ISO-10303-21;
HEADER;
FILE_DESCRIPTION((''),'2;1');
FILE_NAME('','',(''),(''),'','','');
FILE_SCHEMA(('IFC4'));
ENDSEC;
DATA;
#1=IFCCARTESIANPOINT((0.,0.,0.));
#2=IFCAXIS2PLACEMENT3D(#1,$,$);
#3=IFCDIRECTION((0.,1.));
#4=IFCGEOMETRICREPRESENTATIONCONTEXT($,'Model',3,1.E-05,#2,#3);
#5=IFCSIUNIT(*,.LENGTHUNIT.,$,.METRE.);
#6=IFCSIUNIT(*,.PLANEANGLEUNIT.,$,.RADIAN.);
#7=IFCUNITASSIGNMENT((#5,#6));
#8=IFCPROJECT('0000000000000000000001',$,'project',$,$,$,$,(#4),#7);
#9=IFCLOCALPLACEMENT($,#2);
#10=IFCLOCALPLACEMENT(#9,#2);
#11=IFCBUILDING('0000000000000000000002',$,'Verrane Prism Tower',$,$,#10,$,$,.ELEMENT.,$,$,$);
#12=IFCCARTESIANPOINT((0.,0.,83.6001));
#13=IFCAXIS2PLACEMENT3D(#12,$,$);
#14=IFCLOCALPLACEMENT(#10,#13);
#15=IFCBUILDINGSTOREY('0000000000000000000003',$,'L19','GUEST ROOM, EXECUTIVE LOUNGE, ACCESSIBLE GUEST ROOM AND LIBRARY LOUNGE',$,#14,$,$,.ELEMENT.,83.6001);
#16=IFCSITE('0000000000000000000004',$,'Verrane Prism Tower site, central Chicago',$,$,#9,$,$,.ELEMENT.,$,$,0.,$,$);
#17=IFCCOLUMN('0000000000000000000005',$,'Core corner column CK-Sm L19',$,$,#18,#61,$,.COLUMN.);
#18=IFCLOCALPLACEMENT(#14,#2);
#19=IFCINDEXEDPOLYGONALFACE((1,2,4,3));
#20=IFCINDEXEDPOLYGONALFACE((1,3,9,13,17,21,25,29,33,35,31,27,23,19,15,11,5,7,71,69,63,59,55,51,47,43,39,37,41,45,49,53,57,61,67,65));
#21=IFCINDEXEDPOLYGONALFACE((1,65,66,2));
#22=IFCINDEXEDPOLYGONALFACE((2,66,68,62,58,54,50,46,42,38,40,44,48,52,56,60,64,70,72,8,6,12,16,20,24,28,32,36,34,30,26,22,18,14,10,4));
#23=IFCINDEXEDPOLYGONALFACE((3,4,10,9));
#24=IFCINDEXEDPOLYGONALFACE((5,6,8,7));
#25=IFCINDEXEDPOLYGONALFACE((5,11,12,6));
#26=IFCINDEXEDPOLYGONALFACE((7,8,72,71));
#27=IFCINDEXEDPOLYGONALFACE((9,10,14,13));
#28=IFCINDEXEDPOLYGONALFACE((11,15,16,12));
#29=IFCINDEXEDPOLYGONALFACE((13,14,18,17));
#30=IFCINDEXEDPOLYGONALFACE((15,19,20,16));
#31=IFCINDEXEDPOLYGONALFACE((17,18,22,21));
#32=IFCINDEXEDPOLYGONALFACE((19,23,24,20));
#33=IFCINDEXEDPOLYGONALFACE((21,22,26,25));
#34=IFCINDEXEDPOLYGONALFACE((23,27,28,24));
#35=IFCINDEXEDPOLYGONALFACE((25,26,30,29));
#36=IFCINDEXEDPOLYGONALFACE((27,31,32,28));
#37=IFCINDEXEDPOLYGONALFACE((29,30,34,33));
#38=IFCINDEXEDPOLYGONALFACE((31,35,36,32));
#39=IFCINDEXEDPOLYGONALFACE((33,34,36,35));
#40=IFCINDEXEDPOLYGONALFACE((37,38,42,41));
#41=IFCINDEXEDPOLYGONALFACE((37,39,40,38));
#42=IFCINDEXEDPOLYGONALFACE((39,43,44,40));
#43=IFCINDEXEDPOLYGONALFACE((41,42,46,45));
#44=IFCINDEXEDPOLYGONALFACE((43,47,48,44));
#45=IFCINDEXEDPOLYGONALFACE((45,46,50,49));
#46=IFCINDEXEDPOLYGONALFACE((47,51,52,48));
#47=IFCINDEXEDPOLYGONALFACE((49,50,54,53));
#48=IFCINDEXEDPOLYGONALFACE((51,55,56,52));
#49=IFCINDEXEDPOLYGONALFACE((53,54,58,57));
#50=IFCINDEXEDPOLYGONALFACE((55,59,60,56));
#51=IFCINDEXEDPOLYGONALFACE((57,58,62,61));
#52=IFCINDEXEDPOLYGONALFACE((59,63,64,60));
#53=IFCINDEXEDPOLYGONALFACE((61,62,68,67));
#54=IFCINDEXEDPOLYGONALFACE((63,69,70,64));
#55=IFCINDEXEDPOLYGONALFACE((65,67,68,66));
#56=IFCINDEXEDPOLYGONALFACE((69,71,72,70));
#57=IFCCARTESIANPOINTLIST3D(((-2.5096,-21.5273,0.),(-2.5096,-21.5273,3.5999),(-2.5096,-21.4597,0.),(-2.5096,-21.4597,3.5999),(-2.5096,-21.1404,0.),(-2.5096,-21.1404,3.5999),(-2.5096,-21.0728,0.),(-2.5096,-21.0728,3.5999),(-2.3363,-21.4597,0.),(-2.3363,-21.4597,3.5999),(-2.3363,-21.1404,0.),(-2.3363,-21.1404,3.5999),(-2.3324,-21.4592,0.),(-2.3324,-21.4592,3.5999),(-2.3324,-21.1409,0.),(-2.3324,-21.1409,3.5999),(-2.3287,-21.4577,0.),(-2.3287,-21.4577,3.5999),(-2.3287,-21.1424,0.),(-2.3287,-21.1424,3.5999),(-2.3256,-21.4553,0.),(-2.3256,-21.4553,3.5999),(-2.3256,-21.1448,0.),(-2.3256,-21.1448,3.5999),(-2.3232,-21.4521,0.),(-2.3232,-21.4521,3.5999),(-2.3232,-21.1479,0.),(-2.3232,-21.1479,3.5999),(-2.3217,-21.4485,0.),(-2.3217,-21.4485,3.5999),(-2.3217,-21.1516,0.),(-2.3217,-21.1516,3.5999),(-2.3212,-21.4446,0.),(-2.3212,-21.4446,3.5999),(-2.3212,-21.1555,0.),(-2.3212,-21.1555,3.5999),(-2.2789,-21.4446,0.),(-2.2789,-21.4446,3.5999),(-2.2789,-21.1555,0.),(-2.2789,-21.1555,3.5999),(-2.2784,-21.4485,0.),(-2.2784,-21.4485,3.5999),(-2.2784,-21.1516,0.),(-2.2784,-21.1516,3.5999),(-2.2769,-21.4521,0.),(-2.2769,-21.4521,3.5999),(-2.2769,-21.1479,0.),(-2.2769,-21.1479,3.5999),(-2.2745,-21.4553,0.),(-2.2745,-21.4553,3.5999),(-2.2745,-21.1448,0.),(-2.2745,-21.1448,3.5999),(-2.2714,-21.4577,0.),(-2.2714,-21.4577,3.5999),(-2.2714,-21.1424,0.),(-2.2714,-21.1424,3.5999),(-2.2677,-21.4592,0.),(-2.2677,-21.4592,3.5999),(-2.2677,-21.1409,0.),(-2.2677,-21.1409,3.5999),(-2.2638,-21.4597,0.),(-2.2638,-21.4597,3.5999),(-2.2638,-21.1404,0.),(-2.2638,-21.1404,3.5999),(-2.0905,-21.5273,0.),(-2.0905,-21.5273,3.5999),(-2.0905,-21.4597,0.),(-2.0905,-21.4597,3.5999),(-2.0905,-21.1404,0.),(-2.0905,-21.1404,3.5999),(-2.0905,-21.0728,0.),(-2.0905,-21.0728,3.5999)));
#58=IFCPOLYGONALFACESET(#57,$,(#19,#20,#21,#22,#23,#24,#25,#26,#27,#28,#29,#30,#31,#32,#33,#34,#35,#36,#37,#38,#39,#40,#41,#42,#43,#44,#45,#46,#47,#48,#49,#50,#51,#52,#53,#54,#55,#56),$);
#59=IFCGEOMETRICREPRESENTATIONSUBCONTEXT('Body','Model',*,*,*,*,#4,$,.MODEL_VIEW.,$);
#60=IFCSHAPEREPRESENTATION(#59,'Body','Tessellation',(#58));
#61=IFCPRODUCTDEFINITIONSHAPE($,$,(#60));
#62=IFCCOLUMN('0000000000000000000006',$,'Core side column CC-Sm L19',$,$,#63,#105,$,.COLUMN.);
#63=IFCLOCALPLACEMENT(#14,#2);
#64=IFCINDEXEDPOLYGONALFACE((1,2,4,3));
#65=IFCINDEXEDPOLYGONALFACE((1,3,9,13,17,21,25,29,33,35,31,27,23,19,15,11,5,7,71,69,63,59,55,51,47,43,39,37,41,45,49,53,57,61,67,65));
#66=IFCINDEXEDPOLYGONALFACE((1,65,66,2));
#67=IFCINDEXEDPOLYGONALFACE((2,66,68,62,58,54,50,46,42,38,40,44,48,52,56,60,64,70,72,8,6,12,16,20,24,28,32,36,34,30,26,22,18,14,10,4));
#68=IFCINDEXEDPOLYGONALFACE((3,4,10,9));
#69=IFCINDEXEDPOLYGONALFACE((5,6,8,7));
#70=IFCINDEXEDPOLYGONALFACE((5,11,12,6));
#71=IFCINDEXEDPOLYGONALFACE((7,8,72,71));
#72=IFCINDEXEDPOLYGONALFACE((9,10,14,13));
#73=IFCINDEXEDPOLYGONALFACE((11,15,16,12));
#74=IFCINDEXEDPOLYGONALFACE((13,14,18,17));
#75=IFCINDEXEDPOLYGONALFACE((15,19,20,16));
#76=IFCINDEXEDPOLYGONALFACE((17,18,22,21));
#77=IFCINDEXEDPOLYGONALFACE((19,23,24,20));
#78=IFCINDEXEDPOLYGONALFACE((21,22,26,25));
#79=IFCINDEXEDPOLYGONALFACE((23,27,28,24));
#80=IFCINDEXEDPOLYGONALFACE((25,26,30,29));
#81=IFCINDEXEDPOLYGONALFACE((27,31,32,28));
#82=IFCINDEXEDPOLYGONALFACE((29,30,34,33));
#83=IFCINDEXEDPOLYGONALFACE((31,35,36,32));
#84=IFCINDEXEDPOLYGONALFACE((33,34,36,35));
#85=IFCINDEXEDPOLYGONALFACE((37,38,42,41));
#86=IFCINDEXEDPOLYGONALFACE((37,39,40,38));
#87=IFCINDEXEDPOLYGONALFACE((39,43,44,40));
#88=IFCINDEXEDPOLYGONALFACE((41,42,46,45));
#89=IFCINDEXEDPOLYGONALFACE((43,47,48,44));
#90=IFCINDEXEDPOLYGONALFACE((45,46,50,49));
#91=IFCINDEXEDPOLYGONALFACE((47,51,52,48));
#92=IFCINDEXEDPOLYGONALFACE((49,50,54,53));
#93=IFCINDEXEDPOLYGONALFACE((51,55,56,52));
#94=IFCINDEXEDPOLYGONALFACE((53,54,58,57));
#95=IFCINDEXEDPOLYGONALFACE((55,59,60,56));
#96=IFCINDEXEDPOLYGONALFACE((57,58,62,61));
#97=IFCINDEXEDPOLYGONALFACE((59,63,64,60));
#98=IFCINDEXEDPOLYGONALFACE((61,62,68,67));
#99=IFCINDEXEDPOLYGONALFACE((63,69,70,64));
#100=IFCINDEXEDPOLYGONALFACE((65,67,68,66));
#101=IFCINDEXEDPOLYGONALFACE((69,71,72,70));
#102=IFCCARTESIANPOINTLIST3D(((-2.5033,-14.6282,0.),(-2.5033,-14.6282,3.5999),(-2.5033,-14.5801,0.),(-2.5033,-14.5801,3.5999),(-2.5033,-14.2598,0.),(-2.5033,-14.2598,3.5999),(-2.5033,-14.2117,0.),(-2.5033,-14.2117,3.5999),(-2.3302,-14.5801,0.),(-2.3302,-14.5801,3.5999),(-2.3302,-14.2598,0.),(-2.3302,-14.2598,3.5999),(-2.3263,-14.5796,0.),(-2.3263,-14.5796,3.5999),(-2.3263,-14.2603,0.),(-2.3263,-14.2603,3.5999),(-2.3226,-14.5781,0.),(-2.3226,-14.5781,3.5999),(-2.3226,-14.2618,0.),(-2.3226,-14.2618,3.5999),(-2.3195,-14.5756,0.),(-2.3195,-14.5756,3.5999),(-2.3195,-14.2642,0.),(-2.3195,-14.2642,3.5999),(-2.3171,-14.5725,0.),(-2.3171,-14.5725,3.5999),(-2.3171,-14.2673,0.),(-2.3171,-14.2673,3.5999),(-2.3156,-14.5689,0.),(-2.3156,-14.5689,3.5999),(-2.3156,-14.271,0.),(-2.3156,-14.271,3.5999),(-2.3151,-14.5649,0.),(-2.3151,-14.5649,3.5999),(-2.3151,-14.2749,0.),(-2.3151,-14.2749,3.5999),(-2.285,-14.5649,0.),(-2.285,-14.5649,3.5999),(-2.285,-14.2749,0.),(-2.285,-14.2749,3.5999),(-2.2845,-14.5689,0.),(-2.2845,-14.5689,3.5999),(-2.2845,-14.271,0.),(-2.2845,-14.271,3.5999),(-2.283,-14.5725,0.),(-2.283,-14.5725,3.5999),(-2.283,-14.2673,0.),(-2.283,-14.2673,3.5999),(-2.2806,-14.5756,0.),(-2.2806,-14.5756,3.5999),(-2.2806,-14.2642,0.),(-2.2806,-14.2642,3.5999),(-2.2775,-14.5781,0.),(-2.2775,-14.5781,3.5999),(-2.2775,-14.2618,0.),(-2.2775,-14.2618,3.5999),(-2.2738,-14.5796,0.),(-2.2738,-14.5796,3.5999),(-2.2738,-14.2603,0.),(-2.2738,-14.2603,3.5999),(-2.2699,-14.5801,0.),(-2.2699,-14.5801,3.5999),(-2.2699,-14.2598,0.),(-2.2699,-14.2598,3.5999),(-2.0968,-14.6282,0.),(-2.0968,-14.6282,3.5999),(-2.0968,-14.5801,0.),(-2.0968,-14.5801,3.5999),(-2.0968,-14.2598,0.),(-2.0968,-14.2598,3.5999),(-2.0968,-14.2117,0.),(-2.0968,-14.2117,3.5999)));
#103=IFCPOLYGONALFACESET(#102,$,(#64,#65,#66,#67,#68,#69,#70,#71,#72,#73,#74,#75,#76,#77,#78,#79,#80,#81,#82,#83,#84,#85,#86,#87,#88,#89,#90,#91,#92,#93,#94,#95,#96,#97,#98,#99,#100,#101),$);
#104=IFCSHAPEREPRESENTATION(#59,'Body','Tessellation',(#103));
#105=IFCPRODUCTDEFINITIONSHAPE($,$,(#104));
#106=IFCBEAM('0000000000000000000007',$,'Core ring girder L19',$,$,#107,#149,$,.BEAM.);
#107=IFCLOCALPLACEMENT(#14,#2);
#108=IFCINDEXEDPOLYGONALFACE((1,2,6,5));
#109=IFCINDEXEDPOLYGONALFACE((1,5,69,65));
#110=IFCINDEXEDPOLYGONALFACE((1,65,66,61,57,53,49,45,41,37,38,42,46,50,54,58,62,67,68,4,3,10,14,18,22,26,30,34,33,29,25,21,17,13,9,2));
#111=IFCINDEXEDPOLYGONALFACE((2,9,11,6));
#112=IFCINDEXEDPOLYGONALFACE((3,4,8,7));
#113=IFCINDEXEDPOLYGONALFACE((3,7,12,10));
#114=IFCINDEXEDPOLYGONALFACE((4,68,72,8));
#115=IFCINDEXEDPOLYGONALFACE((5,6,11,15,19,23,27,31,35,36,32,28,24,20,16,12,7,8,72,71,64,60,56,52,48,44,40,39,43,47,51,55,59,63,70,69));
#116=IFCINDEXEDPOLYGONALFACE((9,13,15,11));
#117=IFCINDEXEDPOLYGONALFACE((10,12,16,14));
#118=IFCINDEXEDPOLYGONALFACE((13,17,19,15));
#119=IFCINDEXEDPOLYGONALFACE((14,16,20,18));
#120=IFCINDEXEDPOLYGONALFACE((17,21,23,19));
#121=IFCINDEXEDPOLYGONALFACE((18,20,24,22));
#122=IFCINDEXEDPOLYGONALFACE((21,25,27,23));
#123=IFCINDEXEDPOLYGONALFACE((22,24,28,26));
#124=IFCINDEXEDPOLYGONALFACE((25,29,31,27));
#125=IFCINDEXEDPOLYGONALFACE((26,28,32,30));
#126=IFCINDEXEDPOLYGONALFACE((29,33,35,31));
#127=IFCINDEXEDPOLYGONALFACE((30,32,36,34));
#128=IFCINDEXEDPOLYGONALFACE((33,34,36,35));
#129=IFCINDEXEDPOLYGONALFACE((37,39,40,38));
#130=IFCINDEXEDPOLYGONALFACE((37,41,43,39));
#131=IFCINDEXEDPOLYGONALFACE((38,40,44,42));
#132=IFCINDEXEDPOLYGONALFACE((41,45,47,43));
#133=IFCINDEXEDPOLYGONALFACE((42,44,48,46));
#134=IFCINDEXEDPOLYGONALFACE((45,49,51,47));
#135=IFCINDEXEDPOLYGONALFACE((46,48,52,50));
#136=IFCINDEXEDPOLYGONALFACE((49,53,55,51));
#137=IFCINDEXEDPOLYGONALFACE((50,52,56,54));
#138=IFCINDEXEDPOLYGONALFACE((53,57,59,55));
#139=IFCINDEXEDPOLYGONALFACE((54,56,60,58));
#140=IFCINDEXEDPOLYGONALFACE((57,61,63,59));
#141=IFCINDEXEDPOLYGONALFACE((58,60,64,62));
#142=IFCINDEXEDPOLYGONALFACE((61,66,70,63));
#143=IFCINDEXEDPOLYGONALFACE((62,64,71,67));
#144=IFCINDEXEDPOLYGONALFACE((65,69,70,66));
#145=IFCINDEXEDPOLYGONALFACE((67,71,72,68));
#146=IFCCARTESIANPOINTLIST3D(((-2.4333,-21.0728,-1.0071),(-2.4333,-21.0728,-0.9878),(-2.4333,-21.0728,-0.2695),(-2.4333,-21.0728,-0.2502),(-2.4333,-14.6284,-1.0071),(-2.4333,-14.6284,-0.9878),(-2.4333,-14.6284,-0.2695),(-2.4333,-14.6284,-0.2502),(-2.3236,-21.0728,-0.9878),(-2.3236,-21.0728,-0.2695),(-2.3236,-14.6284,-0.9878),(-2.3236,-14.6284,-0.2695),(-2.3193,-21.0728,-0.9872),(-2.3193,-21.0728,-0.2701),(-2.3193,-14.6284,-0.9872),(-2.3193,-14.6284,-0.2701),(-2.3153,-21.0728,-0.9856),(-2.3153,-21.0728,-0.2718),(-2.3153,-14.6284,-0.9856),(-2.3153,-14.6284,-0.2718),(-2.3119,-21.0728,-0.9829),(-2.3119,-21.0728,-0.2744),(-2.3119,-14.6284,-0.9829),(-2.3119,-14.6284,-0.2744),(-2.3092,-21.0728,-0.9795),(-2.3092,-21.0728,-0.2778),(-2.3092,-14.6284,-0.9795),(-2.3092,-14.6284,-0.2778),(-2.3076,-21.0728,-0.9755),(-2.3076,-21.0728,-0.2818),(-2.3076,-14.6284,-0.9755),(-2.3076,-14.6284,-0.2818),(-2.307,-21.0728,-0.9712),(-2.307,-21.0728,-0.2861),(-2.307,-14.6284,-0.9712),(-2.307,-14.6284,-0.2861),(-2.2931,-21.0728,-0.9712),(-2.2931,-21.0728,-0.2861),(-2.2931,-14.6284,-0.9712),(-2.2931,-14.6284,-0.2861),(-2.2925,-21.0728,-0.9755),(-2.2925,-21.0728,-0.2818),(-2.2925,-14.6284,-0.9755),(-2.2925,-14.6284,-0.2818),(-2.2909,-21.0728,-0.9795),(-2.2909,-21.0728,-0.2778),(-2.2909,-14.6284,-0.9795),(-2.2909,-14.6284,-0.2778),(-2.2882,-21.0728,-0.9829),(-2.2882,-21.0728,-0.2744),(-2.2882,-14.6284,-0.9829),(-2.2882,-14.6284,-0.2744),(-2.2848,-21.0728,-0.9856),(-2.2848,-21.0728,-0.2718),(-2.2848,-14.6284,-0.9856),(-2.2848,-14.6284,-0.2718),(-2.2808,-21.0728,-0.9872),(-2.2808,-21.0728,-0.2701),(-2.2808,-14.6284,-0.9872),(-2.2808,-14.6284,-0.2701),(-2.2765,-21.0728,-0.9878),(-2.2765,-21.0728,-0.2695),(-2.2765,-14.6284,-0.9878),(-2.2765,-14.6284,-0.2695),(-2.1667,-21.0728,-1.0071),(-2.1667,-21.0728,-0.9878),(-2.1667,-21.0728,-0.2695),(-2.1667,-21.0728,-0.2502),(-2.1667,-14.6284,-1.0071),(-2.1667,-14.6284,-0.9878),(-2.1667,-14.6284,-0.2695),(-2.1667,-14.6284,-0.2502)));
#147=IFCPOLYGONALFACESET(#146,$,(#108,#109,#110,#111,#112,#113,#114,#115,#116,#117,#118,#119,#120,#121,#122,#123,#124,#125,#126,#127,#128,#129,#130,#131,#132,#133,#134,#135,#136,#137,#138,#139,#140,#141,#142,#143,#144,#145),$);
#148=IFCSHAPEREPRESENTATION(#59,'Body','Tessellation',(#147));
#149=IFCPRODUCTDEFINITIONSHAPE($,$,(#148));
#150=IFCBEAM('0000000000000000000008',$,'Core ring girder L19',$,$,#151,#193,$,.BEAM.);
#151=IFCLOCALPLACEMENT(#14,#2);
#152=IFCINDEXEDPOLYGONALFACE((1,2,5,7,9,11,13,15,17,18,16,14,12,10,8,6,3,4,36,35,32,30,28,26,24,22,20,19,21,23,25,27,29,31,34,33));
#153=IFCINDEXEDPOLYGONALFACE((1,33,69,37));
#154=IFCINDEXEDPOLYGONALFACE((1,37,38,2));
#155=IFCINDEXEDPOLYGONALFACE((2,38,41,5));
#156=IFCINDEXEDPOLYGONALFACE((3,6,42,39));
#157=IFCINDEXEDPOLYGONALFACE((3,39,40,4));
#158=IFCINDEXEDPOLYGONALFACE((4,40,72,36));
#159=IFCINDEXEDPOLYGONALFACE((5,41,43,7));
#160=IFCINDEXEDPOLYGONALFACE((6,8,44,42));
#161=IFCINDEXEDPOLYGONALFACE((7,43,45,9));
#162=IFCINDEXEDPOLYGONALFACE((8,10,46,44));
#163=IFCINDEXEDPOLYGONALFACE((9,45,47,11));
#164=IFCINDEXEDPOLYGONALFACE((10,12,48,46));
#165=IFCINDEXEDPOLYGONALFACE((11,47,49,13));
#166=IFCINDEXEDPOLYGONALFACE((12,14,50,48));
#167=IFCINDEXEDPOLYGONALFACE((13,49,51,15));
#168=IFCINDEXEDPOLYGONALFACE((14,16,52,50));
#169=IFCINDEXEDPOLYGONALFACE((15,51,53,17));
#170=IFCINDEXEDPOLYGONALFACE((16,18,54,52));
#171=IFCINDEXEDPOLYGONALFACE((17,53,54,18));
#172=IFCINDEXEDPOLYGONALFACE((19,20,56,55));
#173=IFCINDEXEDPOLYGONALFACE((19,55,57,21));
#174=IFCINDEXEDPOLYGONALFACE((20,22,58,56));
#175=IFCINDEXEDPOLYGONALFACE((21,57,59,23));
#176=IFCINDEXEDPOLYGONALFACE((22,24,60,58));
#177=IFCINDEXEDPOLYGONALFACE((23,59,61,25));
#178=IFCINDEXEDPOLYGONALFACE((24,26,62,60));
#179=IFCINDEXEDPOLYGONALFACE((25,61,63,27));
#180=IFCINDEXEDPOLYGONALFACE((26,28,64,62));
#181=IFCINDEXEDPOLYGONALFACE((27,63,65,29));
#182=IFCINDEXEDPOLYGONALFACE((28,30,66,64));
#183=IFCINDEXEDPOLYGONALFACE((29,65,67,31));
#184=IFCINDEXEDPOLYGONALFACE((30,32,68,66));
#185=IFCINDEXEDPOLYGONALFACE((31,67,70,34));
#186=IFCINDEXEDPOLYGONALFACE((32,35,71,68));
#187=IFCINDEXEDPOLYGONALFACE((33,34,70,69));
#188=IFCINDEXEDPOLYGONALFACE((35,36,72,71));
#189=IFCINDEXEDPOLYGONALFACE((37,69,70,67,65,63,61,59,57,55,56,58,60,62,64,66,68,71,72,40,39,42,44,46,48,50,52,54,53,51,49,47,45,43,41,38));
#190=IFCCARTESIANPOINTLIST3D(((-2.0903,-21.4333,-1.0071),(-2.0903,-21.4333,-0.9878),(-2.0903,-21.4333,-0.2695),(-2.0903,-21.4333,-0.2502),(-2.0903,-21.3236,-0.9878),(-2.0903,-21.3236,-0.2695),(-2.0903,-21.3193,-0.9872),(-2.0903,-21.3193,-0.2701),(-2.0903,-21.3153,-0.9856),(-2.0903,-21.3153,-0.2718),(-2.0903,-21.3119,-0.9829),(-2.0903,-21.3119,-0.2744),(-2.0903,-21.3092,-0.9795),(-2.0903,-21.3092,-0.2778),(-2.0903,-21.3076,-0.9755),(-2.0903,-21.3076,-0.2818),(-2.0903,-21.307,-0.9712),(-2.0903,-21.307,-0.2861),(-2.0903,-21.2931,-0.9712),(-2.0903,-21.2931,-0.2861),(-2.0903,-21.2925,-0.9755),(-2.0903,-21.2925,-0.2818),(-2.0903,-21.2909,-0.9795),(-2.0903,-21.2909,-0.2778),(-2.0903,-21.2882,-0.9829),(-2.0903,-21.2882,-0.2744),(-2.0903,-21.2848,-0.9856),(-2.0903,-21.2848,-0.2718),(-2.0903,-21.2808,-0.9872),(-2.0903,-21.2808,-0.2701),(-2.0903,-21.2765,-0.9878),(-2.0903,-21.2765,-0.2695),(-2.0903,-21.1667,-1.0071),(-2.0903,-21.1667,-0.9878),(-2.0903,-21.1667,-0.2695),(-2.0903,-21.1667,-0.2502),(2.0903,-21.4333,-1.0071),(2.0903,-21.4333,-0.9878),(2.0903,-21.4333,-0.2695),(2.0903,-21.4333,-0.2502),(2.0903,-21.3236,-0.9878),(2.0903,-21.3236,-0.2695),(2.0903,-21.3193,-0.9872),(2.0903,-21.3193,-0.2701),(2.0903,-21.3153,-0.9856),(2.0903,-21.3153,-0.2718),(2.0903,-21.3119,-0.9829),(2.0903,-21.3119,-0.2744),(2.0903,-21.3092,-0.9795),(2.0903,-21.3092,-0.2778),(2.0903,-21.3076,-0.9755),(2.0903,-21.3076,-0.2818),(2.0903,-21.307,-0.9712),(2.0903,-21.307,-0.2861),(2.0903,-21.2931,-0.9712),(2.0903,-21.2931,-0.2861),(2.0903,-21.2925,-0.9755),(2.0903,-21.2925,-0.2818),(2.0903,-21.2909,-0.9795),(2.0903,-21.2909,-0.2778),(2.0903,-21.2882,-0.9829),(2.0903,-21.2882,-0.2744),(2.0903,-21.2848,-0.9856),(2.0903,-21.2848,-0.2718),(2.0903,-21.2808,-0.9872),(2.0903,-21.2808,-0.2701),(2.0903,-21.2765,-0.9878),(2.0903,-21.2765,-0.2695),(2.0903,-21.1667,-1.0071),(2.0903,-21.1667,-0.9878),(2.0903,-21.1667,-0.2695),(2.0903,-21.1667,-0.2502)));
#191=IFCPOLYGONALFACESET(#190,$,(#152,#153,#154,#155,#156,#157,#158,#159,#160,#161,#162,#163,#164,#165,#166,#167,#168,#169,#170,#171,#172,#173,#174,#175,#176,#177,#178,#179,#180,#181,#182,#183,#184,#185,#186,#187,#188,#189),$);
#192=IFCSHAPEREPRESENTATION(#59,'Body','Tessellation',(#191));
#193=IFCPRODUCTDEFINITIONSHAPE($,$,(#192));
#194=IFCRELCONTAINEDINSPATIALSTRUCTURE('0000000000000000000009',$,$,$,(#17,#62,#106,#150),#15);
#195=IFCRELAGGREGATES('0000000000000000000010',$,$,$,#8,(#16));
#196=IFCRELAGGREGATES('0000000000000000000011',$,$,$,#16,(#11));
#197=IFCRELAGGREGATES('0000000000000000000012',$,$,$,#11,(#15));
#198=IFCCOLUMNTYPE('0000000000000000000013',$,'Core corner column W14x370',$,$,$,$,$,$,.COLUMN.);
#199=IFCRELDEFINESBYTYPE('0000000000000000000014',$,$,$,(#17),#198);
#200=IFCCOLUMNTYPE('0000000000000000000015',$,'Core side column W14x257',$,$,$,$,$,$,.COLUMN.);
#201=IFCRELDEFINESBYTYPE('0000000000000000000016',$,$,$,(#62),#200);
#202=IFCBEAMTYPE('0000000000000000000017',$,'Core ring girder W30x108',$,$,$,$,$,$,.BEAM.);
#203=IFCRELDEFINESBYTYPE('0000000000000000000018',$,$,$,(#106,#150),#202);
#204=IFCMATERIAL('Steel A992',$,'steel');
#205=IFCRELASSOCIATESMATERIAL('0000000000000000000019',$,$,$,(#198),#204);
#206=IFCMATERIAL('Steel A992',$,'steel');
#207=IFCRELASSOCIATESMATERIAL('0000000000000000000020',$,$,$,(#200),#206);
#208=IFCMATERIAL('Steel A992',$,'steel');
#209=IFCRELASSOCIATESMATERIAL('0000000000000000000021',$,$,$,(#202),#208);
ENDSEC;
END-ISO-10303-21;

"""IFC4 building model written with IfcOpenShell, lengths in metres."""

from ifc_helpers import new_model, si_unit, direction, frame, origin, origin_2d, place, context, subcontext, project, spatial, i_section, extrude, material, material_profile, profile_set, type_object, element, save


model = new_model("IFC4")

# Units and contexts
model_context = context("Model", 3, precision=1e-05, world=origin(), true_north=direction((0.0, 1.0)))
body_context = subcontext(model_context, "Body", "Model", "MODEL_VIEW")
ifc_project = project(units=[si_unit("LENGTHUNIT", "METRE"), si_unit("PLANEANGLEUNIT", "RADIAN")], contexts=[model_context])

# Site, building, storey
site_placement = place(None, origin())
site = spatial("IfcSite", under=ifc_project, at=site_placement, Name="Verrane Prism Tower site, central Chicago", CompositionType="ELEMENT", RefElevation=0.0)
building_placement = place(site_placement, origin())
building = spatial("IfcBuilding", under=site, at=building_placement, Name="Verrane Prism Tower", CompositionType="ELEMENT")
storey_placement = place(building_placement, frame((0.0, 0.0, 83.6001)))
storey = spatial("IfcBuildingStorey", under=building, at=storey_placement, Name="L19", Description="GUEST ROOM, EXECUTIVE LOUNGE, ACCESSIBLE GUEST ROOM AND LIBRARY LOUNGE", CompositionType="ELEMENT", Elevation=83.6001)

# Columns
ifc_material_1 = material(Name="Steel A992", Category="steel")
ifc_material_profile_1 = material_profile(ifc_material_1, i_section(OverallWidth=0.4192, OverallDepth=0.4546, WebThickness=0.0422, FlangeThickness=0.0676, FilletRadius=0.0151, at=origin_2d()), Name="W14x370")
ifc_profile_set_1 = profile_set([ifc_material_profile_1], Name="Steel A992")
column_type_1 = type_object("IfcColumnType", Name="Core corner column W14x370", PredefinedType="COLUMN", material=ifc_profile_set_1)
column_1_placement = place(storey_placement, frame((-2.3, -21.3, 0.0), z_axis=(0.0, 0.0, 1.0), x_axis=(-1.0, 0.0, 0.0)))
element("IfcColumn", 1, at=column_1_placement, inside=storey, type_object=column_type_1, Name="Core corner column CK-Sm L19", PredefinedType="COLUMN", context=body_context, shape_type="SweptSolid", body=[
    extrude(i_section(OverallWidth=0.4192, OverallDepth=0.4546, WebThickness=0.0422, FlangeThickness=0.0676, FilletRadius=0.0151, at=origin_2d()), origin(), (0.0, 0.0, 1.0), 3.5999),
])
ifc_material_2 = material(Name="Steel A992", Category="steel")
ifc_material_profile_2 = material_profile(ifc_material_2, i_section(OverallWidth=0.4065, OverallDepth=0.4165, WebThickness=0.03, FlangeThickness=0.0481, FilletRadius=0.0151, at=origin_2d()), Name="W14x257")
ifc_profile_set_2 = profile_set([ifc_material_profile_2], Name="Steel A992")
column_type_2 = type_object("IfcColumnType", Name="Core side column W14x257", PredefinedType="COLUMN", material=ifc_profile_set_2)
column_2_placement = place(storey_placement, frame((-2.3, -14.4199, 0.0), z_axis=(0.0, 0.0, 1.0), x_axis=(1.0, 0.0, 0.0)))
element("IfcColumn", 2, at=column_2_placement, inside=storey, type_object=column_type_2, Name="Core side column CC-Sm L19", PredefinedType="COLUMN", context=body_context, shape_type="SweptSolid", body=[
    extrude(i_section(OverallWidth=0.4065, OverallDepth=0.4165, WebThickness=0.03, FlangeThickness=0.0481, FilletRadius=0.0151, at=origin_2d()), origin(), (0.0, 0.0, 1.0), 3.5999),
])

# Beams
ifc_material_3 = material(Name="Steel A992", Category="steel")
ifc_material_profile_3 = material_profile(ifc_material_3, i_section(OverallWidth=0.2666, OverallDepth=0.7568, WebThickness=0.0139, FlangeThickness=0.0193, FilletRadius=0.0166, at=origin_2d()), Name="W30x108")
ifc_profile_set_3 = profile_set([ifc_material_profile_3], Name="Steel A992")
beam_type_1 = type_object("IfcBeamType", Name="Core ring girder W30x108", PredefinedType="BEAM", material=ifc_profile_set_3)
beam_1_placement = place(storey_placement, frame((-2.3, -14.6284, -0.6287), z_axis=(0.0, -1.0, 0.0), x_axis=(1.0, 0.0, 0.0)))
element("IfcBeam", 3, at=beam_1_placement, inside=storey, type_object=beam_type_1, Name="Core ring girder L19", PredefinedType="BEAM", context=body_context, shape_type="SweptSolid", body=[
    extrude(i_section(OverallWidth=0.2666, OverallDepth=0.7568, WebThickness=0.0139, FlangeThickness=0.0193, FilletRadius=0.0166, at=origin_2d()), origin(), (0.0, 0.0, 1.0), 6.4443),
])
beam_2_placement = place(storey_placement, frame((-2.0903, -21.3, -0.6287), z_axis=(1.0, 0.0, 0.0), x_axis=(0.0, 1.0, 0.0)))
element("IfcBeam", 4, at=beam_2_placement, inside=storey, type_object=beam_type_1, Name="Core ring girder L19", PredefinedType="BEAM", context=body_context, shape_type="SweptSolid", body=[
    extrude(i_section(OverallWidth=0.2666, OverallDepth=0.7568, WebThickness=0.0139, FlangeThickness=0.0193, FilletRadius=0.0166, at=origin_2d()), origin(), (0.0, 0.0, 1.0), 4.1807),
])

save(model, "model.ifc")
